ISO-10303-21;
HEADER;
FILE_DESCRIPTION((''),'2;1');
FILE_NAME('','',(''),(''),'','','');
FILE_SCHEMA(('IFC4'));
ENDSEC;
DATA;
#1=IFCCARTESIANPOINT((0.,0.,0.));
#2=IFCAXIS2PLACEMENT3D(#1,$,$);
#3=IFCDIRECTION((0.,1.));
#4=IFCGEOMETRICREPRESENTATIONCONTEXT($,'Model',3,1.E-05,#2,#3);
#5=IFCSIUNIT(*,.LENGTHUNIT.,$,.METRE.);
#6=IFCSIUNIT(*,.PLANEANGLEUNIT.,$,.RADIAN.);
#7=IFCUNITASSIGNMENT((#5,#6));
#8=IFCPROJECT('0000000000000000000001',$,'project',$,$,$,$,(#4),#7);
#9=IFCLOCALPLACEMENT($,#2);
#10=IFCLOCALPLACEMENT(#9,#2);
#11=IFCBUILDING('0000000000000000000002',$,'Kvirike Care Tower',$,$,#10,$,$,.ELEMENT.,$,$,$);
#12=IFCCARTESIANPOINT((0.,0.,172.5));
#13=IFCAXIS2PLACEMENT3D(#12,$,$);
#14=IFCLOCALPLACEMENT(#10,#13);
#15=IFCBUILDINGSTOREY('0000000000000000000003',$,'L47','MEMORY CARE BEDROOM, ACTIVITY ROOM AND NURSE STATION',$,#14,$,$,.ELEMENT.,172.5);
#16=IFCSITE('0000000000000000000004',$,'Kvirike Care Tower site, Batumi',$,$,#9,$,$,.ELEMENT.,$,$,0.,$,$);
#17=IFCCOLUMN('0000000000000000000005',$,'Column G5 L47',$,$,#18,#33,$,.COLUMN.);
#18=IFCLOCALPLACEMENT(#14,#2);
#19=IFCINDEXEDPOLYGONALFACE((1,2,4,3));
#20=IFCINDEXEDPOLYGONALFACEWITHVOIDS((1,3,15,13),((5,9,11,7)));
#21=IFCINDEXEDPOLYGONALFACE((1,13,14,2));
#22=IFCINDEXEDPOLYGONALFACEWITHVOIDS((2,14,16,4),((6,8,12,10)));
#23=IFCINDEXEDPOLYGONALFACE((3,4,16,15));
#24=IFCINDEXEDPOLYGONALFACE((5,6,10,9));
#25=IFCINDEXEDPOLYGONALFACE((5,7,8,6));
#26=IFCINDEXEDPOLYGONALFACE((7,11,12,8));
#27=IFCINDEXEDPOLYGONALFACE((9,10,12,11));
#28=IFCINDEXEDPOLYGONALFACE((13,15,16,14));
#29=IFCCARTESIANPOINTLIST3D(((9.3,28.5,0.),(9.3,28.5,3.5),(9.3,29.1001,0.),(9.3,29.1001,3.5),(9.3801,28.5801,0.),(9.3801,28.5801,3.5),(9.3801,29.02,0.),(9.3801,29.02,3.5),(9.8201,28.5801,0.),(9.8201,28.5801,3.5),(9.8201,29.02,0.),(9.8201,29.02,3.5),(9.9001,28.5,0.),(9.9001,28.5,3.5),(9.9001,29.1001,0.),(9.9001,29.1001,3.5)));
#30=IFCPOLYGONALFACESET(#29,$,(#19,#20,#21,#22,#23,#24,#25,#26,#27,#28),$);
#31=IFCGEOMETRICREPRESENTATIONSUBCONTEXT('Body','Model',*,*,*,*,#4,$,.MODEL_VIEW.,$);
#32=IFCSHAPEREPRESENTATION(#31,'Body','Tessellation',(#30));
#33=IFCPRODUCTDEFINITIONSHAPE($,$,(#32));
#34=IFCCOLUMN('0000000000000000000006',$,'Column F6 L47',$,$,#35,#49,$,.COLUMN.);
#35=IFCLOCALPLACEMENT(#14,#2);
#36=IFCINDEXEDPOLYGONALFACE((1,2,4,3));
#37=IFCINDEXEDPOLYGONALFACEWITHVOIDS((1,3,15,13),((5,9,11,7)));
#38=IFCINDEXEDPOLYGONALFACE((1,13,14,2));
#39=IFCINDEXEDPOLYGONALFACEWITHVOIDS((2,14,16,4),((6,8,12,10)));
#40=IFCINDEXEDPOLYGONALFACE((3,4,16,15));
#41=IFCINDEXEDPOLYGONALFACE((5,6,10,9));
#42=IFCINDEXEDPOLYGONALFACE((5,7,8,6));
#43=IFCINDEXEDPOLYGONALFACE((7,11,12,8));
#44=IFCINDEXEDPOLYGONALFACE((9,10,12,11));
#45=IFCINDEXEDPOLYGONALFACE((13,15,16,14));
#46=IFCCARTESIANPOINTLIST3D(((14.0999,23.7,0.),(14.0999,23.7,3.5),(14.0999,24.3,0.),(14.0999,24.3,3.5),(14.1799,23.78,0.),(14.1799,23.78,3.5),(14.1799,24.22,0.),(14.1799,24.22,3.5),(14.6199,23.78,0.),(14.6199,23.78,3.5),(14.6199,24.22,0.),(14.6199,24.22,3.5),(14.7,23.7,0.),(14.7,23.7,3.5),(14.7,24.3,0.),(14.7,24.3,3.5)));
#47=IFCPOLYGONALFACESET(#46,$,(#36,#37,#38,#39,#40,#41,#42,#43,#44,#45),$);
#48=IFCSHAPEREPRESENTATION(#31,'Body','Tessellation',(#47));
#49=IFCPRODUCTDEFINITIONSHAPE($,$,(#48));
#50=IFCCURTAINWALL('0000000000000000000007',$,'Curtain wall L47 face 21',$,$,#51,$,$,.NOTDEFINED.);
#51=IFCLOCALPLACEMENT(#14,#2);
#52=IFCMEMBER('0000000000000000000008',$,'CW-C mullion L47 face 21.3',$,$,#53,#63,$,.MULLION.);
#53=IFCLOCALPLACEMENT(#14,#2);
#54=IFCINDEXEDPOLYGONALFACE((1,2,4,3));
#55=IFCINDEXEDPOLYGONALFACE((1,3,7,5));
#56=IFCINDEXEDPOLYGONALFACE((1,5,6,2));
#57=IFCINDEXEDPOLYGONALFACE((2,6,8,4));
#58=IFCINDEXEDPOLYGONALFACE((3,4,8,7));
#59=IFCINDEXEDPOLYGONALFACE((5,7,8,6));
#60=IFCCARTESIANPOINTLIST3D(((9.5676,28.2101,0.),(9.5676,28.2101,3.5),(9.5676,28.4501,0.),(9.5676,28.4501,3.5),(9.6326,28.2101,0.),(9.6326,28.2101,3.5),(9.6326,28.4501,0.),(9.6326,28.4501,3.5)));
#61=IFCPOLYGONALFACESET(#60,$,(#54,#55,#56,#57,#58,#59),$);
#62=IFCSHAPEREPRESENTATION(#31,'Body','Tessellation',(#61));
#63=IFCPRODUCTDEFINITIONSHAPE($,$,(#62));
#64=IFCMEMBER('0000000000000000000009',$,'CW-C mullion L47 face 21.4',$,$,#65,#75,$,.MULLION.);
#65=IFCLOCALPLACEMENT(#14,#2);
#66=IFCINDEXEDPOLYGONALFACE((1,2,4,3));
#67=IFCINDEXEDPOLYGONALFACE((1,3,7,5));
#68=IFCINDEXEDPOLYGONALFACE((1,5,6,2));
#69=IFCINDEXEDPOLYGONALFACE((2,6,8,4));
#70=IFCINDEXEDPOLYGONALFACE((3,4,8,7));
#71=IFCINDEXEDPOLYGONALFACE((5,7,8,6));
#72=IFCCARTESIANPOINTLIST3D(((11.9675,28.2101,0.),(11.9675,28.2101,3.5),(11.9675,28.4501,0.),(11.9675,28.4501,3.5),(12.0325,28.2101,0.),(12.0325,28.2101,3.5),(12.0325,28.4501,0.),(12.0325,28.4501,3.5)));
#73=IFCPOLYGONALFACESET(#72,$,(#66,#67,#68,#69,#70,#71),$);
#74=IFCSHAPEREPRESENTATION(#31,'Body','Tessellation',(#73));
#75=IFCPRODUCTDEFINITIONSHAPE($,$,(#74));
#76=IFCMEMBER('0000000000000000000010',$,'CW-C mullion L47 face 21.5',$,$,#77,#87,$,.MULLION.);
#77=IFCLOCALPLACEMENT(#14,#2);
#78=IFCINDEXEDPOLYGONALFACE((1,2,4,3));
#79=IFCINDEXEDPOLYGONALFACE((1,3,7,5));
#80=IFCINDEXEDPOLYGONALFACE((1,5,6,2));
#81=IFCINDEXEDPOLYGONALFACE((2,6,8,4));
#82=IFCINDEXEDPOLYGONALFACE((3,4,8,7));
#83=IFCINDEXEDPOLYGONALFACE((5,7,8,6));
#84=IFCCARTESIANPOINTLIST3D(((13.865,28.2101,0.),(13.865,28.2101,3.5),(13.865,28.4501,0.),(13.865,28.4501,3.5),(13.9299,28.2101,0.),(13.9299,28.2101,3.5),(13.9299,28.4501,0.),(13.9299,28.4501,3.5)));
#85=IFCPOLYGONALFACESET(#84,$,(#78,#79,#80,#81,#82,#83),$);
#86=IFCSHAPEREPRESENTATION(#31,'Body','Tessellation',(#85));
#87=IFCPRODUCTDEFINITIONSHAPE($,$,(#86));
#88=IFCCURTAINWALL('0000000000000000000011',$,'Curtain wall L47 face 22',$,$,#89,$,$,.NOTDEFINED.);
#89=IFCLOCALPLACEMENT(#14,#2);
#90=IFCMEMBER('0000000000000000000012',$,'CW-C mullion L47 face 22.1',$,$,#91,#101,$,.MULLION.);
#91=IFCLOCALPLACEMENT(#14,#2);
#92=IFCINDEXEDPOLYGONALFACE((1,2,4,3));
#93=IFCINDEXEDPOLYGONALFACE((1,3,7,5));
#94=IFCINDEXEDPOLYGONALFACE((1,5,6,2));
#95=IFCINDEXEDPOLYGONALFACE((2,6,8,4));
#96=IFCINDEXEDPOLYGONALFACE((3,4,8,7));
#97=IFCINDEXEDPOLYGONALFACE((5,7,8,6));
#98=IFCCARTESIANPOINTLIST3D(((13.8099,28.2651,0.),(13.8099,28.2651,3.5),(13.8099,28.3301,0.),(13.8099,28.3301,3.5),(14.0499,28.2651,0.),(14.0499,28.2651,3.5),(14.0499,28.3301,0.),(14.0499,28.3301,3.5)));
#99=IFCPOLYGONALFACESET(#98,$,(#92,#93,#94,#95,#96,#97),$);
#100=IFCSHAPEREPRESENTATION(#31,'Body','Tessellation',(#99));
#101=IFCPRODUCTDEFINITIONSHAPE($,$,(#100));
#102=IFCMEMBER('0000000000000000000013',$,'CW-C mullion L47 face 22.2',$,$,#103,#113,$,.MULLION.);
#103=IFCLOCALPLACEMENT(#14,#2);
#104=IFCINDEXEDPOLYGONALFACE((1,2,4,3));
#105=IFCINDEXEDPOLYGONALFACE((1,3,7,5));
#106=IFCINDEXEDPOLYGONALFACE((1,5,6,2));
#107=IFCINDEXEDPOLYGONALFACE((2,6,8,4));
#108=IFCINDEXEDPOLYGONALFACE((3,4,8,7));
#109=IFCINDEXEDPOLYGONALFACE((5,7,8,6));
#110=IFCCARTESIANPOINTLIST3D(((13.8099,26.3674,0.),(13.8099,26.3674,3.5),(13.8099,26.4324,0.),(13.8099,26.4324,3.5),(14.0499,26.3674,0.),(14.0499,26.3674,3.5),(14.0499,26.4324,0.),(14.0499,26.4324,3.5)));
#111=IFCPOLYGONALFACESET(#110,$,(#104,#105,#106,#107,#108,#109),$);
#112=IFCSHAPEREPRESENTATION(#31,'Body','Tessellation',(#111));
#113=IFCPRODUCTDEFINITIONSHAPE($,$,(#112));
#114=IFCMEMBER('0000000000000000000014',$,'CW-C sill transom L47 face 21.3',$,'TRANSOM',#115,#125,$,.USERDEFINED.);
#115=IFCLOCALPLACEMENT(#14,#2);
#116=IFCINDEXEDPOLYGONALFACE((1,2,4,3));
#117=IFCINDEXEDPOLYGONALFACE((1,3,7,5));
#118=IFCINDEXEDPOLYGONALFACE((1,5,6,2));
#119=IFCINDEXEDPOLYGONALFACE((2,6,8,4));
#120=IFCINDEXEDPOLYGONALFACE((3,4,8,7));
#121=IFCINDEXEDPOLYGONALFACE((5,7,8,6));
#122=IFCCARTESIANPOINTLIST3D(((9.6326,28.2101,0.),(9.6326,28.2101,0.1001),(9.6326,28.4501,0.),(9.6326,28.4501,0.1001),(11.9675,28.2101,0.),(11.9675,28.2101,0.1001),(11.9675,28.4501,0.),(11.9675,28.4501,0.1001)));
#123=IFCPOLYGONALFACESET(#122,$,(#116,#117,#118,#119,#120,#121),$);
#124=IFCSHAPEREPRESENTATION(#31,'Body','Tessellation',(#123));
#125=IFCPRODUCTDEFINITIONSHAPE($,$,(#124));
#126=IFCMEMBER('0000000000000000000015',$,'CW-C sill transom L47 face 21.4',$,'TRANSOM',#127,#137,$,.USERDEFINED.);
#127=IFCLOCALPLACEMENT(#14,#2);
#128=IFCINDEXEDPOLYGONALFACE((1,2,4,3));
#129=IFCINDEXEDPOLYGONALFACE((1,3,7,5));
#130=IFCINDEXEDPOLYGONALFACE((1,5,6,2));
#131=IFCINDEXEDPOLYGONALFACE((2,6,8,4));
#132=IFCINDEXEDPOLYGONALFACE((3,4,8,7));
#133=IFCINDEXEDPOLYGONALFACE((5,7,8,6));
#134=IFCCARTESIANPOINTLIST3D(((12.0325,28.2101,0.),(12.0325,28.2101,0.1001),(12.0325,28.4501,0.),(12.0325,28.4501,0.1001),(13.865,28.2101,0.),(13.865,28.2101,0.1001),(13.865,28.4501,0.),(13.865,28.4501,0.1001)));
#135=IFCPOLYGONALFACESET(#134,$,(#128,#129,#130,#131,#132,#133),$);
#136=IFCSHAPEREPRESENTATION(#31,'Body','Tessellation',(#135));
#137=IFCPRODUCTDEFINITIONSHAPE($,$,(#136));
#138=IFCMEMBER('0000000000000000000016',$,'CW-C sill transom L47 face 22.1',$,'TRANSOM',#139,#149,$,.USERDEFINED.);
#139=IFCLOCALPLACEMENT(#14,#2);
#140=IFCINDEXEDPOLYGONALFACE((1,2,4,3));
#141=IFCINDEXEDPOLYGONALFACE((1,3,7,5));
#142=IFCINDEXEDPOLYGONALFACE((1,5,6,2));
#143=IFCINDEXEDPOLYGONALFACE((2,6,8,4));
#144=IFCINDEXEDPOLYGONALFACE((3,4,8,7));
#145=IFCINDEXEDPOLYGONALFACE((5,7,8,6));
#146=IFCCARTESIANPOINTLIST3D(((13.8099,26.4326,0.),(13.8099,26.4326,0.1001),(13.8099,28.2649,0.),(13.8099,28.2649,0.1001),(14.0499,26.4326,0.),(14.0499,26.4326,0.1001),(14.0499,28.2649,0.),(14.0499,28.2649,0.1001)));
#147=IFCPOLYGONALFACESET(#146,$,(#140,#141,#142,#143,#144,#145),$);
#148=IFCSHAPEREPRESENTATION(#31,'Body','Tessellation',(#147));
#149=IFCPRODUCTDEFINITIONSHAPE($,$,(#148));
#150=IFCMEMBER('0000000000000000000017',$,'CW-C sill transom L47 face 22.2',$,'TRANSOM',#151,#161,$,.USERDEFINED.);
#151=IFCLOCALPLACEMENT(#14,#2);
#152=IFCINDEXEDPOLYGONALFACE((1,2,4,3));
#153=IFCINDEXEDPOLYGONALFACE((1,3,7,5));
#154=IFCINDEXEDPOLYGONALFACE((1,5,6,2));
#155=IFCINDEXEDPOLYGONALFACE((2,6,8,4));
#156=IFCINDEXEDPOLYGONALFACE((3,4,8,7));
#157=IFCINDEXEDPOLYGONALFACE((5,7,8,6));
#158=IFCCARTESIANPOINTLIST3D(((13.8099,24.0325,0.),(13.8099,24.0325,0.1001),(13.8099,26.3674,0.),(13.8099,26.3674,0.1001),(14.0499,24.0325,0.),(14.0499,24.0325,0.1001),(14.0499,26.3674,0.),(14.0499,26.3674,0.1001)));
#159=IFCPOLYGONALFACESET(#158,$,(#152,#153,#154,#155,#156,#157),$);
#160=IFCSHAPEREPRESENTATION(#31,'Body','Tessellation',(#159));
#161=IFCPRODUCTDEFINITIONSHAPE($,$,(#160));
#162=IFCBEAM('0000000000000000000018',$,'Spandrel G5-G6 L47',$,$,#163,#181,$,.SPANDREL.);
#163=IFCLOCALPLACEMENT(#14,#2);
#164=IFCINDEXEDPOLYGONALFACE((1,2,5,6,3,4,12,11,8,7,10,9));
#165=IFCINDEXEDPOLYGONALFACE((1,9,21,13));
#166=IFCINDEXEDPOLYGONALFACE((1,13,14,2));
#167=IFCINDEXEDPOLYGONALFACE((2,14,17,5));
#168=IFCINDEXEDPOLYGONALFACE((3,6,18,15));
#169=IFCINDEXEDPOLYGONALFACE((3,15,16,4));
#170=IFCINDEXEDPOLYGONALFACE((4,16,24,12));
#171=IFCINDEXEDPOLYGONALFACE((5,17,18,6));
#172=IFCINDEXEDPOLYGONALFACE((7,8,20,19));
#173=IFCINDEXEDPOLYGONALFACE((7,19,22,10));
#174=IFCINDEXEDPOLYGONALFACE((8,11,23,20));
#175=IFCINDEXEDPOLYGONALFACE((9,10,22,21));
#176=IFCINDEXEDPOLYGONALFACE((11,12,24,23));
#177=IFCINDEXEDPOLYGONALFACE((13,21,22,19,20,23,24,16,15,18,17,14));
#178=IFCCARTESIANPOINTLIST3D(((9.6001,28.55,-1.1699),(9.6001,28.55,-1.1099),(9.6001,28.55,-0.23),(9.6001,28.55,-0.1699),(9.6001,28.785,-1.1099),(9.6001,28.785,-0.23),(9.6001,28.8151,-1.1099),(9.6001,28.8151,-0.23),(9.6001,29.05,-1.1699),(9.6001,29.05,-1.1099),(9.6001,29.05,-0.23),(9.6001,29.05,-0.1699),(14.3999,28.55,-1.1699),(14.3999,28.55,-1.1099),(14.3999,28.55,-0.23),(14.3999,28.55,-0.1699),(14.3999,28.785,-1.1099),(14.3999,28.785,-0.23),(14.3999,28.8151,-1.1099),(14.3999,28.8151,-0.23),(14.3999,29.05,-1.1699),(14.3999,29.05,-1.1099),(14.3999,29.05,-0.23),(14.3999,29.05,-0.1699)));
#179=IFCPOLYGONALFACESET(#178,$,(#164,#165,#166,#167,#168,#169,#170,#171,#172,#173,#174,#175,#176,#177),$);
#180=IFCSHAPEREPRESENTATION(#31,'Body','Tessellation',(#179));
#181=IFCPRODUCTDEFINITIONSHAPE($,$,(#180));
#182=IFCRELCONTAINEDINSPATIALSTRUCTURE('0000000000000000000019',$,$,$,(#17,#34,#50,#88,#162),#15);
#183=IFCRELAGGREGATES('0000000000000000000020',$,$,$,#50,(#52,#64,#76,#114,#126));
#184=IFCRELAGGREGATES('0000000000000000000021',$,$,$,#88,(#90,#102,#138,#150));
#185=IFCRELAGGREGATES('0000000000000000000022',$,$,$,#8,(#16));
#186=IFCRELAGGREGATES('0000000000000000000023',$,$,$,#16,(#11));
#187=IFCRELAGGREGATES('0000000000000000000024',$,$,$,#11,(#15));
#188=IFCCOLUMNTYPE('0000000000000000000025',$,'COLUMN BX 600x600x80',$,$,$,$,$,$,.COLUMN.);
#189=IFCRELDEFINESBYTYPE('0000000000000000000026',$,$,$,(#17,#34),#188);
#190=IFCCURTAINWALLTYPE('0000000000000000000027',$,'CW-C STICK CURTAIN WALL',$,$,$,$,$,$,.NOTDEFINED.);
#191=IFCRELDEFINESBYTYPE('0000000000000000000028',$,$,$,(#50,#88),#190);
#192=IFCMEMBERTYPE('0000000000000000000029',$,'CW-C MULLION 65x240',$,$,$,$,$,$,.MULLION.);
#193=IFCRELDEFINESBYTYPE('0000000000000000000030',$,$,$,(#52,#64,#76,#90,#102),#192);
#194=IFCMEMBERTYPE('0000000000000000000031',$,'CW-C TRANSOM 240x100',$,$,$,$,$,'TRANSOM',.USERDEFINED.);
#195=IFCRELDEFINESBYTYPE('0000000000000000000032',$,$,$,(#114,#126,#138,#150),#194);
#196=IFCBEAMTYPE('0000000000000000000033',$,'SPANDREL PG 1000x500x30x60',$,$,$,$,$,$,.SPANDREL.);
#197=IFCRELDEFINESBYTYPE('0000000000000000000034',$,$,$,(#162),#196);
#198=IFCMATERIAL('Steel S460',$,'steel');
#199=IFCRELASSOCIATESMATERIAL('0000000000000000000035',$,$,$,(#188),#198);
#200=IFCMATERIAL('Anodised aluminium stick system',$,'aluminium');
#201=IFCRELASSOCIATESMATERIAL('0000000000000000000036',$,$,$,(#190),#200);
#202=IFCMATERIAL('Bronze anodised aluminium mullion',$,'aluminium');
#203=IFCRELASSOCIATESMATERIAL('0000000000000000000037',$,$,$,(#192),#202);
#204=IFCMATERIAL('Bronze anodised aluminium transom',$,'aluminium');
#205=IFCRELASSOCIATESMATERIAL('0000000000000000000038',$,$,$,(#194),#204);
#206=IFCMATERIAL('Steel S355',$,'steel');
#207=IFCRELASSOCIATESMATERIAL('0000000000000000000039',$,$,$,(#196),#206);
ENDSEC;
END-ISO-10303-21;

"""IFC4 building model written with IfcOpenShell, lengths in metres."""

from ifc_helpers import new_model, si_unit, direction, frame, origin, origin_2d, place, context, subcontext, project, spatial, rectangle, hollow_rectangle, i_section, extrude, material, material_profile, profile_set, type_object, element, aggregate, save


model = new_model("IFC4")

# Units and contexts
model_context = context("Model", 3, precision=1e-05, world=origin(), true_north=direction((0.0, 1.0)))
body_context = subcontext(model_context, "Body", "Model", "MODEL_VIEW")
ifc_project = project(units=[si_unit("LENGTHUNIT", "METRE"), si_unit("PLANEANGLEUNIT", "RADIAN")], contexts=[model_context])

# Site, building, storey
site_placement = place(None, origin())
site = spatial("IfcSite", under=ifc_project, at=site_placement, Name="Kvirike Care Tower site, Batumi", CompositionType="ELEMENT", RefElevation=0.0)
building_placement = place(site_placement, origin())
building = spatial("IfcBuilding", under=site, at=building_placement, Name="Kvirike Care Tower", CompositionType="ELEMENT")
storey_placement = place(building_placement, frame((0.0, 0.0, 172.5)))
storey = spatial("IfcBuildingStorey", under=building, at=storey_placement, Name="L47", Description="MEMORY CARE BEDROOM, ACTIVITY ROOM AND NURSE STATION", CompositionType="ELEMENT", Elevation=172.5)

# Columns
ifc_material_1 = material(Name="Steel S460", Category="steel")
ifc_material_profile_1 = material_profile(ifc_material_1, hollow_rectangle(XDim=0.6001, YDim=0.6001, WallThickness=0.0801, at=origin_2d()), Name="BX 600x600x80")
ifc_profile_set_1 = profile_set([ifc_material_profile_1], Name="Steel S460")
column_type = type_object("IfcColumnType", Name="COLUMN BX 600x600x80", PredefinedType="COLUMN", material=ifc_profile_set_1)
for number, where, z_axis, x_axis, name in (
    (1, (9.6001, 28.8, 0.0), (0.0, 0.0, 1.0), (0.0, 1.0, 0.0), "Column G5 L47"),
    (2, (14.3999, 24.0, 0.0), (0.0, 0.0, 1.0), (1.0, 0.0, 0.0), "Column F6 L47"),
):
    element("IfcColumn", number, at=place(storey_placement, frame(where, z_axis=z_axis, x_axis=x_axis)), inside=storey, type_object=column_type, Name=name, PredefinedType="COLUMN", context=body_context, shape_type="SweptSolid", body=[
        extrude(hollow_rectangle(XDim=0.6001, YDim=0.6001, WallThickness=0.0801, at=origin_2d()), origin(), (0.0, 0.0, 1.0), 3.5),
    ])

# Curtain walls, members
ifc_material_2 = material(Name="Anodised aluminium stick system", Category="aluminium")
curtain_wall_type = type_object("IfcCurtainWallType", Name="CW-C STICK CURTAIN WALL", PredefinedType="NOTDEFINED", material=ifc_material_2)
curtain_wall_1_placement = place(storey_placement, origin())
curtain_wall_1 = element("IfcCurtainWall", 3, at=curtain_wall_1_placement, inside=storey, type_object=curtain_wall_type, Name="Curtain wall L47 face 21", PredefinedType="NOTDEFINED")
ifc_material_3 = material(Name="Bronze anodised aluminium mullion", Category="aluminium")
ifc_material_profile_2 = material_profile(ifc_material_3, rectangle(XDim=0.0649, YDim=0.24, at=origin_2d()), Name="CW-C MULLION 65x240")
ifc_profile_set_2 = profile_set([ifc_material_profile_2], Name="Bronze anodised aluminium mullion")
member_type_1 = type_object("IfcMemberType", Name="CW-C MULLION 65x240", PredefinedType="MULLION", material=ifc_profile_set_2)
member_1_placement = place(storey_placement, frame((9.6001, 28.3301, 0.0), z_axis=(0.0, 0.0, 1.0), x_axis=(1.0, 0.0, 0.0)))
member_1 = element("IfcMember", 4, at=member_1_placement, type_object=member_type_1, Name="CW-C mullion L47 face 21.3", PredefinedType="MULLION", context=body_context, shape_type="SweptSolid", body=[
    extrude(rectangle(XDim=0.0649, YDim=0.24, at=origin_2d()), origin(), (0.0, 0.0, 1.0), 3.5),
])
member_2_placement = place(storey_placement, frame((12.0, 28.3301, 0.0), z_axis=(0.0, 0.0, 1.0), x_axis=(1.0, 0.0, 0.0)))
member_2 = element("IfcMember", 5, at=member_2_placement, type_object=member_type_1, Name="CW-C mullion L47 face 21.4", PredefinedType="MULLION", context=body_context, shape_type="SweptSolid", body=[
    extrude(rectangle(XDim=0.0649, YDim=0.24, at=origin_2d()), origin(), (0.0, 0.0, 1.0), 3.5),
])
member_3_placement = place(storey_placement, frame((13.8975, 28.3301, 0.0), z_axis=(0.0, 0.0, 1.0), x_axis=(1.0, 0.0, 0.0)))
member_3 = element("IfcMember", 6, at=member_3_placement, type_object=member_type_1, Name="CW-C mullion L47 face 21.5", PredefinedType="MULLION", context=body_context, shape_type="SweptSolid", body=[
    extrude(rectangle(XDim=0.0649, YDim=0.24, at=origin_2d()), origin(), (0.0, 0.0, 1.0), 3.5),
])
curtain_wall_2_placement = place(storey_placement, origin())
curtain_wall_2 = element("IfcCurtainWall", 7, at=curtain_wall_2_placement, inside=storey, type_object=curtain_wall_type, Name="Curtain wall L47 face 22", PredefinedType="NOTDEFINED")
member_4_placement = place(storey_placement, frame((13.9299, 28.2976, 0.0), z_axis=(0.0, 0.0, 1.0), x_axis=(0.0, -1.0, 0.0)))
member_4 = element("IfcMember", 8, at=member_4_placement, type_object=member_type_1, Name="CW-C mullion L47 face 22.1", PredefinedType="MULLION", context=body_context, shape_type="SweptSolid", body=[
    extrude(rectangle(XDim=0.0649, YDim=0.24, at=origin_2d()), origin(), (0.0, 0.0, 1.0), 3.5),
])
member_5_placement = place(storey_placement, frame((13.9299, 26.3999, 0.0), z_axis=(0.0, 0.0, 1.0), x_axis=(0.0, -1.0, 0.0)))
member_5 = element("IfcMember", 9, at=member_5_placement, type_object=member_type_1, Name="CW-C mullion L47 face 22.2", PredefinedType="MULLION", context=body_context, shape_type="SweptSolid", body=[
    extrude(rectangle(XDim=0.0649, YDim=0.24, at=origin_2d()), origin(), (0.0, 0.0, 1.0), 3.5),
])

# Members
ifc_material_4 = material(Name="Bronze anodised aluminium transom", Category="aluminium")
ifc_material_profile_3 = material_profile(ifc_material_4, rectangle(XDim=0.24, YDim=0.1001, at=origin_2d()), Name="CW-C TRANSOM 240x100")
ifc_profile_set_3 = profile_set([ifc_material_profile_3], Name="Bronze anodised aluminium transom")
member_type_2 = type_object("IfcMemberType", Name="CW-C TRANSOM 240x100", ElementType="TRANSOM", PredefinedType="USERDEFINED", material=ifc_profile_set_3)
member_6_placement = place(storey_placement, frame((9.6326, 28.3301, 0.05), z_axis=(1.0, 0.0, 0.0), x_axis=(0.0, 1.0, 0.0)))
member_6 = element("IfcMember", 10, at=member_6_placement, type_object=member_type_2, Name="CW-C sill transom L47 face 21.3", ObjectType="TRANSOM", PredefinedType="USERDEFINED", context=body_context, shape_type="SweptSolid", body=[
    extrude(rectangle(XDim=0.24, YDim=0.1001, at=origin_2d()), origin(), (0.0, 0.0, 1.0), 2.335),
])
member_7_placement = place(storey_placement, frame((12.0325, 28.3301, 0.05), z_axis=(1.0, 0.0, 0.0), x_axis=(0.0, 1.0, 0.0)))
member_7 = element("IfcMember", 11, at=member_7_placement, type_object=member_type_2, Name="CW-C sill transom L47 face 21.4", ObjectType="TRANSOM", PredefinedType="USERDEFINED", context=body_context, shape_type="SweptSolid", body=[
    extrude(rectangle(XDim=0.24, YDim=0.1001, at=origin_2d()), origin(), (0.0, 0.0, 1.0), 1.8325),
])
member_8_placement = place(storey_placement, frame((13.9299, 28.2649, 0.05), z_axis=(0.0, -1.0, 0.0), x_axis=(1.0, 0.0, 0.0)))
member_8 = element("IfcMember", 12, at=member_8_placement, type_object=member_type_2, Name="CW-C sill transom L47 face 22.1", ObjectType="TRANSOM", PredefinedType="USERDEFINED", context=body_context, shape_type="SweptSolid", body=[
    extrude(rectangle(XDim=0.24, YDim=0.1001, at=origin_2d()), origin(), (0.0, 0.0, 1.0), 1.8323),
])
member_9_placement = place(storey_placement, frame((13.9299, 26.3674, 0.05), z_axis=(0.0, -1.0, 0.0), x_axis=(1.0, 0.0, 0.0)))
member_9 = element("IfcMember", 13, at=member_9_placement, type_object=member_type_2, Name="CW-C sill transom L47 face 22.2", ObjectType="TRANSOM", PredefinedType="USERDEFINED", context=body_context, shape_type="SweptSolid", body=[
    extrude(rectangle(XDim=0.24, YDim=0.1001, at=origin_2d()), origin(), (0.0, 0.0, 1.0), 2.335),
])

# Beam
ifc_material_5 = material(Name="Steel S355", Category="steel")
ifc_material_profile_4 = material_profile(ifc_material_5, i_section(OverallWidth=0.5, OverallDepth=1.0, WebThickness=0.03, FlangeThickness=0.0601, at=origin_2d()), Name="PG 1000x500x30x60")
ifc_profile_set_4 = profile_set([ifc_material_profile_4], Name="Steel S355")
beam_type_1 = type_object("IfcBeamType", Name="SPANDREL PG 1000x500x30x60", PredefinedType="SPANDREL", material=ifc_profile_set_4)
beam_1_placement = place(storey_placement, frame((9.6001, 28.8, -0.6699), z_axis=(1.0, 0.0, 0.0), x_axis=(0.0, 1.0, 0.0)))
element("IfcBeam", 14, at=beam_1_placement, inside=storey, type_object=beam_type_1, Name="Spandrel G5-G6 L47", PredefinedType="SPANDREL", context=body_context, shape_type="SweptSolid", body=[
    extrude(i_section(OverallWidth=0.5, OverallDepth=1.0, WebThickness=0.03, FlangeThickness=0.0601, at=origin_2d()), origin(), (0.0, 0.0, 1.0), 4.7998),
])

aggregate(curtain_wall_1, [member_1, member_2, member_3, member_6, member_7])
aggregate(curtain_wall_2, [member_4, member_5, member_8, member_9])

save(model, "model.ifc")
